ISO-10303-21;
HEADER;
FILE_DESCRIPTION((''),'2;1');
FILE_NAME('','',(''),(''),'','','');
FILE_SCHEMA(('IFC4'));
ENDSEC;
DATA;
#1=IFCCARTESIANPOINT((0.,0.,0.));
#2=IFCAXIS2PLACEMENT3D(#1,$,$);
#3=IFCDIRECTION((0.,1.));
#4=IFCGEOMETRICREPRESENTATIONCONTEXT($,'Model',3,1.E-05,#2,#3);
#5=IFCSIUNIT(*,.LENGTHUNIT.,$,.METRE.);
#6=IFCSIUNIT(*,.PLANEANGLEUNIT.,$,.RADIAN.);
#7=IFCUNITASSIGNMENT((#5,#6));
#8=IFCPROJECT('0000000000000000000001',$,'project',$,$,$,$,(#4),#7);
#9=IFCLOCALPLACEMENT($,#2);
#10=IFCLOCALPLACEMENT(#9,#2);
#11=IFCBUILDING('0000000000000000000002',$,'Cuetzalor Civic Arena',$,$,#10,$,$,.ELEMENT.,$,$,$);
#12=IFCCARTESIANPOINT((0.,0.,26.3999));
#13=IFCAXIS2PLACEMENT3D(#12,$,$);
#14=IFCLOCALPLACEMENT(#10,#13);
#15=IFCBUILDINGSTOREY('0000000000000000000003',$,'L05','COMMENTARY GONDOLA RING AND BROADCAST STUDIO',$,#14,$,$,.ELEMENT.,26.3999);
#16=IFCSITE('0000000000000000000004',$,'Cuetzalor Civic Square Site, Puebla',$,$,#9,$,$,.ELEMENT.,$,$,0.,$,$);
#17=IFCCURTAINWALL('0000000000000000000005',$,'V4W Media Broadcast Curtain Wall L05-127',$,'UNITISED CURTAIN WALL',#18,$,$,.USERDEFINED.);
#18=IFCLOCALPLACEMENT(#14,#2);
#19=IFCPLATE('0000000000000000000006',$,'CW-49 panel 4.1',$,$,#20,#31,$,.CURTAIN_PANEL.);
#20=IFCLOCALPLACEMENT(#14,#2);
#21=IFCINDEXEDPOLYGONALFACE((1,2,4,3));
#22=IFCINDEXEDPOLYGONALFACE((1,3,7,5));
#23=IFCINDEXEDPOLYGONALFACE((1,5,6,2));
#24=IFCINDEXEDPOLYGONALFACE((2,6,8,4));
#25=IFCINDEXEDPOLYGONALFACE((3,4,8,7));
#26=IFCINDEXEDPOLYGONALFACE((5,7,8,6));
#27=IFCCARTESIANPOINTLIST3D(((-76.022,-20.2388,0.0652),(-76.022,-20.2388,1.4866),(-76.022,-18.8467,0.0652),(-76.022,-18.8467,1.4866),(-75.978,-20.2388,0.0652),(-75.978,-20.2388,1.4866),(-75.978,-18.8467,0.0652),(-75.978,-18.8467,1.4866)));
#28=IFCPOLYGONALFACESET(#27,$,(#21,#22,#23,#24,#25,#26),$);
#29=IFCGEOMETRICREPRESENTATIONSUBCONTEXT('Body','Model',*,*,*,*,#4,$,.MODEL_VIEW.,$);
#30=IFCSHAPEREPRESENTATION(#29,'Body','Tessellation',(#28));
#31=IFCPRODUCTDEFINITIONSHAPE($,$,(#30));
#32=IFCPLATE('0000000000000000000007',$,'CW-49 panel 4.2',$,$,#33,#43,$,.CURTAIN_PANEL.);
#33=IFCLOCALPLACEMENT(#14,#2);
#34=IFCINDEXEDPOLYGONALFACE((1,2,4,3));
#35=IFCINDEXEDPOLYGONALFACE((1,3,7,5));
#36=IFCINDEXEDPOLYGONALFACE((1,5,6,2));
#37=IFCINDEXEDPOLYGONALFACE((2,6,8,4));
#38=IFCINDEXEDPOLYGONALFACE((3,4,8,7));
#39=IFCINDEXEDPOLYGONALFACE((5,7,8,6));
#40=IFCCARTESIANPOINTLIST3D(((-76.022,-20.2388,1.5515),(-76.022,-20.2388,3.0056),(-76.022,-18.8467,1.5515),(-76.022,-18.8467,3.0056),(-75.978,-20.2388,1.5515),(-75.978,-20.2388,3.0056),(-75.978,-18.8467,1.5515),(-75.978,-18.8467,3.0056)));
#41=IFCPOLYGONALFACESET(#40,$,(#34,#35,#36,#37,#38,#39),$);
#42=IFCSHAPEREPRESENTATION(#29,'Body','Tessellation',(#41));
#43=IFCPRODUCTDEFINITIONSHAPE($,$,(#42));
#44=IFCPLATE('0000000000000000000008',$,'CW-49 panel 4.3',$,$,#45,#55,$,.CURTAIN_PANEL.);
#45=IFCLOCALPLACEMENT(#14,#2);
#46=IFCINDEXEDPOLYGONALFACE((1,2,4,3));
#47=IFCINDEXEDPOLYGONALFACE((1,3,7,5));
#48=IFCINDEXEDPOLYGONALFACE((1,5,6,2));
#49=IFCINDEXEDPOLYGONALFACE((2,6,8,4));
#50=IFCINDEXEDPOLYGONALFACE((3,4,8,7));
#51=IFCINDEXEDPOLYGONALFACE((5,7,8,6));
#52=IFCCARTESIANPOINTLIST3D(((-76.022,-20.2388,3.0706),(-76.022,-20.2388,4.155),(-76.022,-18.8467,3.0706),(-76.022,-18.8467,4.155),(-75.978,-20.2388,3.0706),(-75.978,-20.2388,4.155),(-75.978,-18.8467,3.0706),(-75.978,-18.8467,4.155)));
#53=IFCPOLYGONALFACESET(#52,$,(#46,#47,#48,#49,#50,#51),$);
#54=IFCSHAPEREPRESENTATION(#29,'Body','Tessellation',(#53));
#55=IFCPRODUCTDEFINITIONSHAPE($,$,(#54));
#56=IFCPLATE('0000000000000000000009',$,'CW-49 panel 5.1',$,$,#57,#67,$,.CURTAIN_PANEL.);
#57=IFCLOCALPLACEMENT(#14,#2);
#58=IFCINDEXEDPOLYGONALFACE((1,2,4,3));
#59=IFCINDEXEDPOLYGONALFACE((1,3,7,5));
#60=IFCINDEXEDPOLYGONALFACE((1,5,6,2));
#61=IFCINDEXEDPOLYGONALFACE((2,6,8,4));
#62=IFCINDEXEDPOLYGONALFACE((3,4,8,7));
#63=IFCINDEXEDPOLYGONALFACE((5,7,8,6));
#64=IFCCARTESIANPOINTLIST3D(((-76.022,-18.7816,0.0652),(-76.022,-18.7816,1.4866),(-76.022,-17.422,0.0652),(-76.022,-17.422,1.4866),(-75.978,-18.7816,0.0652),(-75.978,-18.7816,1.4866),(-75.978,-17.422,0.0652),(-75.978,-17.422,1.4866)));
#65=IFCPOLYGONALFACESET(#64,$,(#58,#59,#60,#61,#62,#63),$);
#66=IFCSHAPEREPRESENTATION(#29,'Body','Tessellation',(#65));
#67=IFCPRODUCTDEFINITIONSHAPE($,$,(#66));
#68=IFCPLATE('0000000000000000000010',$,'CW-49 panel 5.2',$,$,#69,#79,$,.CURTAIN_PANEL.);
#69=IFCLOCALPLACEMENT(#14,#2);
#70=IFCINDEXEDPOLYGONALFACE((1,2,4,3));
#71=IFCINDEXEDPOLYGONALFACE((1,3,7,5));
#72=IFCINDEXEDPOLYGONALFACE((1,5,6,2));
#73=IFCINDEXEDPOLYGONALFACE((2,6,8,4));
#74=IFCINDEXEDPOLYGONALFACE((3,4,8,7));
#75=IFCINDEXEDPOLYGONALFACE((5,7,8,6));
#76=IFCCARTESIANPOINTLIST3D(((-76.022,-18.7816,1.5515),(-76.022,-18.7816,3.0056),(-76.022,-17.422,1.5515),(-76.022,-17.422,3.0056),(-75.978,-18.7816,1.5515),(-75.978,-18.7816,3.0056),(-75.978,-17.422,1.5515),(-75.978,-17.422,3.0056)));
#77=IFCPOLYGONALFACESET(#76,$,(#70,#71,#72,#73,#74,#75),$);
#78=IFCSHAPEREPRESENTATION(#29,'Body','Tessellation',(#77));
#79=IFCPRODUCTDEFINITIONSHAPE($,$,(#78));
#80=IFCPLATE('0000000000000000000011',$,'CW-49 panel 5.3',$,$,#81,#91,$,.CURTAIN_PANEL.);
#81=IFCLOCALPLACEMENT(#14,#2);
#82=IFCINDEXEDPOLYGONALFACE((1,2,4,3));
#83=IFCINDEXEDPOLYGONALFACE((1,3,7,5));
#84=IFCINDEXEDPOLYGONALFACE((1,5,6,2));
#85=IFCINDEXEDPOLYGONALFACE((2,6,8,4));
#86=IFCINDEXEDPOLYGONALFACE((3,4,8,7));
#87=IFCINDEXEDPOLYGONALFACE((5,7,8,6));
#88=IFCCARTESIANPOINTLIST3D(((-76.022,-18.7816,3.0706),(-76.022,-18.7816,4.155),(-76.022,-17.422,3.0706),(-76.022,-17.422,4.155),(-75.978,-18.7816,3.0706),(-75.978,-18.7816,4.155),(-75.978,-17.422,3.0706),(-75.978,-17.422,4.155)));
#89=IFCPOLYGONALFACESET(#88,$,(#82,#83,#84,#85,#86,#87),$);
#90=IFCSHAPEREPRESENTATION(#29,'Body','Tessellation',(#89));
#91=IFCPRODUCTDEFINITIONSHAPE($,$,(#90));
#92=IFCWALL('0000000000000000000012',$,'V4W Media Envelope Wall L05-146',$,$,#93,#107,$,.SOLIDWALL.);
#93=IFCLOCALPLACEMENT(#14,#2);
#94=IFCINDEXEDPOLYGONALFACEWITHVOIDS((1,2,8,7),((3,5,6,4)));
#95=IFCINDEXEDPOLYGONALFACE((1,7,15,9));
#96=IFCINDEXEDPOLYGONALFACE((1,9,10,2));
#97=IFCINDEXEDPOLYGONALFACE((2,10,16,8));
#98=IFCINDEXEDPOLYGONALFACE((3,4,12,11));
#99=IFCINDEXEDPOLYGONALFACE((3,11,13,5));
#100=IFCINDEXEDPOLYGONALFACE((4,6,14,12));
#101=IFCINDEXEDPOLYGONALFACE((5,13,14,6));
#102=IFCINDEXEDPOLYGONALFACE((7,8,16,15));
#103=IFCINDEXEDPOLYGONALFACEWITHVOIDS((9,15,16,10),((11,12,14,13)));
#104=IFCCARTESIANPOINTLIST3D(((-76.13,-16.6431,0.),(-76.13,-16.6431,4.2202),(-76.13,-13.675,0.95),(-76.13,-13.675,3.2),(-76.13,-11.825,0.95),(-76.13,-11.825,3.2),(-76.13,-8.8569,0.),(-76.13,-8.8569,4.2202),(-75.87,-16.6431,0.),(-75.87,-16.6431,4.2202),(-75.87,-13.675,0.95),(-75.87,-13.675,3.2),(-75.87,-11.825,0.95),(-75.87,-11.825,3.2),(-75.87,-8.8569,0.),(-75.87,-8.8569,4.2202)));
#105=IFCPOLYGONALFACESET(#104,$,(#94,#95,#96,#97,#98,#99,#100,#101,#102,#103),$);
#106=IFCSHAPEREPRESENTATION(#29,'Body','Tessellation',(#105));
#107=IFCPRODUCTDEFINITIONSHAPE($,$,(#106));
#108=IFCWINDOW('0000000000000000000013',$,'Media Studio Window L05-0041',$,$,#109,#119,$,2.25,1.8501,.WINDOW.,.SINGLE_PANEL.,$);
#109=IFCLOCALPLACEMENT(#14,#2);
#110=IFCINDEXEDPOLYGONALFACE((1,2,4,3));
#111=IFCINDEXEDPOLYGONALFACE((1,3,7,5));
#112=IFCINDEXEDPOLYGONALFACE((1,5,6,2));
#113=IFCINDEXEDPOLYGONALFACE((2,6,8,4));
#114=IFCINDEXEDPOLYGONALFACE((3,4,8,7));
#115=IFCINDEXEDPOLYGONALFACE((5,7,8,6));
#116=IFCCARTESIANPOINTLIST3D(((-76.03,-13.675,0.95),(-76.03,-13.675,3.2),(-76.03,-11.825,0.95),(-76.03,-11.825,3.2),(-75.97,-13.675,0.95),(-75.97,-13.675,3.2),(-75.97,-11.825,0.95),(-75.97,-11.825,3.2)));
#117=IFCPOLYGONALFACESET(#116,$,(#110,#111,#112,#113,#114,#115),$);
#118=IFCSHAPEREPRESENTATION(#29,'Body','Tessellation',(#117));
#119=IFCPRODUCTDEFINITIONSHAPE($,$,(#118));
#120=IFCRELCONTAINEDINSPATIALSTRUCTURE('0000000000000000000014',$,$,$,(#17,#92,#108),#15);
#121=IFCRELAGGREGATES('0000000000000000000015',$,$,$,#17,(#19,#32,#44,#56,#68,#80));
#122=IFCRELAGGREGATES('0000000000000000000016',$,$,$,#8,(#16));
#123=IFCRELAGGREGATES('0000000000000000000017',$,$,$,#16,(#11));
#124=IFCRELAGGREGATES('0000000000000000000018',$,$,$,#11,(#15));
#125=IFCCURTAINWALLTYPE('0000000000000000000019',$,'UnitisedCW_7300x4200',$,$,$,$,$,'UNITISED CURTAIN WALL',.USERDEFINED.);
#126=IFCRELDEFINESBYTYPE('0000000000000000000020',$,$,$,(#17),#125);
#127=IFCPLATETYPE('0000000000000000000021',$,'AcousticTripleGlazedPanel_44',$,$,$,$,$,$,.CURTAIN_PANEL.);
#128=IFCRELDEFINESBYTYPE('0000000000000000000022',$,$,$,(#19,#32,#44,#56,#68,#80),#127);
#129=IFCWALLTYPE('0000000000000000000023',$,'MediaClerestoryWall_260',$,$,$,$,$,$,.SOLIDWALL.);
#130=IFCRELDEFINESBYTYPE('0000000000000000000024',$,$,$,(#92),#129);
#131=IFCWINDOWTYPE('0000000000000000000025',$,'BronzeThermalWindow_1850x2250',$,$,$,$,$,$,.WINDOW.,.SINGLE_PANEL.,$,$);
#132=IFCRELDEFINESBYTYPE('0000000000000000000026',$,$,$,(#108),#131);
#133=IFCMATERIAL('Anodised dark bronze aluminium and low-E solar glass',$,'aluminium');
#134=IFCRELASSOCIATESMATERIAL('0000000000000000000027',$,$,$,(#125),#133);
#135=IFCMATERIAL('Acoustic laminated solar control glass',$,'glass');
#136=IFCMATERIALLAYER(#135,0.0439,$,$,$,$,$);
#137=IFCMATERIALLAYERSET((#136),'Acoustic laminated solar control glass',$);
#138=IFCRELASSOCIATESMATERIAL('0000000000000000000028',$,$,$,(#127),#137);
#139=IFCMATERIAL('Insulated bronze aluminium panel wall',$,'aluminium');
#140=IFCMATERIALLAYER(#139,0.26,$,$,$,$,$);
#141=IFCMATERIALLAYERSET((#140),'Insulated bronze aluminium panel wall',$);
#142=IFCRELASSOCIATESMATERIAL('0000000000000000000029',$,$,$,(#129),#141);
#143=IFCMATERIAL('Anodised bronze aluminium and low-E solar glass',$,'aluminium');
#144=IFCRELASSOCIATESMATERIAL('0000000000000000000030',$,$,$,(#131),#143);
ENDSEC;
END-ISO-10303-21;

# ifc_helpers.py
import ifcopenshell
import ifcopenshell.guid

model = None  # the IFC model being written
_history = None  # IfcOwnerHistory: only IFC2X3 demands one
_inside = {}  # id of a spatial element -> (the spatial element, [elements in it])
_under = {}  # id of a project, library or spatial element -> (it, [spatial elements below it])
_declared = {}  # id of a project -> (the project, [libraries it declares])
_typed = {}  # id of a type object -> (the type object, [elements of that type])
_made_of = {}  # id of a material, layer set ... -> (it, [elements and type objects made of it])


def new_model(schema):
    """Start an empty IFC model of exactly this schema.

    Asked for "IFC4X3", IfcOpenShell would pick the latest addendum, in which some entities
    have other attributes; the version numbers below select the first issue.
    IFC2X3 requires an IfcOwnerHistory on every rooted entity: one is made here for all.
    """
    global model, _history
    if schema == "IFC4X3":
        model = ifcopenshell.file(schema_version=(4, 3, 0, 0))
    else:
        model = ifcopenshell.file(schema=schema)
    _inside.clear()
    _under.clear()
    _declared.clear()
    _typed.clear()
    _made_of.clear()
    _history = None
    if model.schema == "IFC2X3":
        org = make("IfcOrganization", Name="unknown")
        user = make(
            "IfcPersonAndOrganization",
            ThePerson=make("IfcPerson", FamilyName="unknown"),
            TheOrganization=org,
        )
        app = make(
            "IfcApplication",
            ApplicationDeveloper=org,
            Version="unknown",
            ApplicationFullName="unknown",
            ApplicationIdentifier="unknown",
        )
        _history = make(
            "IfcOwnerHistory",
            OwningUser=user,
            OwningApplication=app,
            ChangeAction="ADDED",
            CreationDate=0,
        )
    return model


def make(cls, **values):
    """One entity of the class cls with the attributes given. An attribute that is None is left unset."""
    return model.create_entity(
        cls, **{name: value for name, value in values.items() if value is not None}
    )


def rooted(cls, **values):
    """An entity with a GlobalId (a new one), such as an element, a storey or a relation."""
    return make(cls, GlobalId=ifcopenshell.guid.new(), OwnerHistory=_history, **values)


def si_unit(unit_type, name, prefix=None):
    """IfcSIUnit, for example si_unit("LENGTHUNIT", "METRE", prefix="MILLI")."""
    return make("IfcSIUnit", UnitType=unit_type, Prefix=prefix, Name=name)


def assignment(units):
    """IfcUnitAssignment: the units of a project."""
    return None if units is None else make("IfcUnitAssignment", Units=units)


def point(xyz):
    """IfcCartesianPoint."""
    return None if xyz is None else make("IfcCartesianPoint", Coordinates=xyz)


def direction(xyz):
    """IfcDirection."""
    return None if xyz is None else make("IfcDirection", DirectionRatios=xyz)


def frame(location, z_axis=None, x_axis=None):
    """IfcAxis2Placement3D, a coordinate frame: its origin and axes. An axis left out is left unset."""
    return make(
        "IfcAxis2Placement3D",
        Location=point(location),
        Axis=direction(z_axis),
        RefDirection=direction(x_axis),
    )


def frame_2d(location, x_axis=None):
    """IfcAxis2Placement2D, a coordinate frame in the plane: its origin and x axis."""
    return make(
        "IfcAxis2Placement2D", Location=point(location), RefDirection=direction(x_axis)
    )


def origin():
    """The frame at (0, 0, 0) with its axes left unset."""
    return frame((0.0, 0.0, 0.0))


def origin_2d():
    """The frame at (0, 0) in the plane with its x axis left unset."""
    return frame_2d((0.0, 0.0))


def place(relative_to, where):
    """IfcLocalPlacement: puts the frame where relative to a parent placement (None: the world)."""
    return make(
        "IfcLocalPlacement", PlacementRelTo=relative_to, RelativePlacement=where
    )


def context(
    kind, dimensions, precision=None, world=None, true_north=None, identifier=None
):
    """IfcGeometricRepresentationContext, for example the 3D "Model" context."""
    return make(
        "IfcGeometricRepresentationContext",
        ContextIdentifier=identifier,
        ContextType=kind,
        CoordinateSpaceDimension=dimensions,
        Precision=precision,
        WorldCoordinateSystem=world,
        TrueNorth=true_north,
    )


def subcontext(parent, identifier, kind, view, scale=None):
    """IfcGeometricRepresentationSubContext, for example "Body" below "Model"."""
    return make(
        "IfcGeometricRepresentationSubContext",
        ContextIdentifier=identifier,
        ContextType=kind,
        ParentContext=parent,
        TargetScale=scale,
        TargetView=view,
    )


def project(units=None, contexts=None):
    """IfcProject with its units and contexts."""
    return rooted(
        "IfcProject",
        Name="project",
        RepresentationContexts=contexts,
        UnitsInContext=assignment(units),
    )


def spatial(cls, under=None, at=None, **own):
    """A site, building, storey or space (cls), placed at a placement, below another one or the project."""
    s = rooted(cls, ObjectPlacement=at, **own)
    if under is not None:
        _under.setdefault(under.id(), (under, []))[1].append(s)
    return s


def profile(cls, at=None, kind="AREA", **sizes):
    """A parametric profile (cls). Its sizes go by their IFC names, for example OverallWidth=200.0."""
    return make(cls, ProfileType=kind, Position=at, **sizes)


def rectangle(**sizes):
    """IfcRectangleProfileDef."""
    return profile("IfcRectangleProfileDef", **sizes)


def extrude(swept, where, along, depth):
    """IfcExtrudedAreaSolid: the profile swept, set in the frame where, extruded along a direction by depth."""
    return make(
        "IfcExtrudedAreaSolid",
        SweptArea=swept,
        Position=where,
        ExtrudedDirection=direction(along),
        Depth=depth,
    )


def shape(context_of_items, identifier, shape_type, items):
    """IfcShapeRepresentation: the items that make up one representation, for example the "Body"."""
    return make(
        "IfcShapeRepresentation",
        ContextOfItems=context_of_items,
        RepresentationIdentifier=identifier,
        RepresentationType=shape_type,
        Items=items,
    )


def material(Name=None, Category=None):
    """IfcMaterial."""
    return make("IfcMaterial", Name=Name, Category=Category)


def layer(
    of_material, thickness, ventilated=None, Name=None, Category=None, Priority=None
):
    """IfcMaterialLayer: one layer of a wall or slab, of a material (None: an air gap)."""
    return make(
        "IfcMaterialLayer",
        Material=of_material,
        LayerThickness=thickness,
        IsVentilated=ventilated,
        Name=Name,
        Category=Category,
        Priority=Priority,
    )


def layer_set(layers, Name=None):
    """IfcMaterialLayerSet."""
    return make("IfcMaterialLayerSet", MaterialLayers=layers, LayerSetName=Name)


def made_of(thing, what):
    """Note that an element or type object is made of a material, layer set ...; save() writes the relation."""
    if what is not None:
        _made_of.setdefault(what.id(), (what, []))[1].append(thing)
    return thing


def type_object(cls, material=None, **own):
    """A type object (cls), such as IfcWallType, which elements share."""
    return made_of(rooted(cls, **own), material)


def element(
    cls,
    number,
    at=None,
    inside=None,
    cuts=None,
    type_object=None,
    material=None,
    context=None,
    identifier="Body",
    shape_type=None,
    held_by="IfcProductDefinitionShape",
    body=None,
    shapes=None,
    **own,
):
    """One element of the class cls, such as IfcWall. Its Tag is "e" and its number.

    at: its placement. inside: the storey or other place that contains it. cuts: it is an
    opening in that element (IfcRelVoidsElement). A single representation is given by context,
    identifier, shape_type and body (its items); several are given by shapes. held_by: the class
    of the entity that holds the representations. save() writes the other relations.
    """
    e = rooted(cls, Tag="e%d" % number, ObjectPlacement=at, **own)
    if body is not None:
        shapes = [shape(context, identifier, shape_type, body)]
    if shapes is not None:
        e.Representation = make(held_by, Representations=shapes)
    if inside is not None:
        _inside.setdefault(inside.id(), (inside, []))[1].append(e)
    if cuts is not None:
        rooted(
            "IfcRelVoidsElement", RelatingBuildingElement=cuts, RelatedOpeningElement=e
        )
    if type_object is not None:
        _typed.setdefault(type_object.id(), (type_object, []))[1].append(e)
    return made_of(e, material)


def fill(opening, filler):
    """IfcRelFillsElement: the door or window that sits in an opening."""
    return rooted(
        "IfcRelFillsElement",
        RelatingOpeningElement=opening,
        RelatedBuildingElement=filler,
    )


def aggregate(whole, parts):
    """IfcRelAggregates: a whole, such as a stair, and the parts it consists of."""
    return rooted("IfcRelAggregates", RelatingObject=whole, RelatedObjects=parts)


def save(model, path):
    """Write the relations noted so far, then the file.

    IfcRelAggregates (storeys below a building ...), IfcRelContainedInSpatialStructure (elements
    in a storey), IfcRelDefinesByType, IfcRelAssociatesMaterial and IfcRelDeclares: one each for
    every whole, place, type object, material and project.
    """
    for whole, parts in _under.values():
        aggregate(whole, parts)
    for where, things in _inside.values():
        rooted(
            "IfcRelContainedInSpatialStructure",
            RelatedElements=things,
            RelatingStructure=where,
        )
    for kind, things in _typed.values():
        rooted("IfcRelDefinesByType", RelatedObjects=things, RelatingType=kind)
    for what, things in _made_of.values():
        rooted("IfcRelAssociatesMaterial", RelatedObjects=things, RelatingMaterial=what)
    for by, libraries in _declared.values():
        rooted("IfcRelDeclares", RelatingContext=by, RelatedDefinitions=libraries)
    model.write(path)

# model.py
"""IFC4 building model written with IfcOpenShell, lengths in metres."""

from ifc_helpers import new_model, si_unit, direction, frame, frame_2d, origin, origin_2d, place, context, subcontext, project, spatial, rectangle, extrude, material, layer, layer_set, type_object, element, fill, aggregate, save


model = new_model("IFC4")

# Units and contexts
model_context = context("Model", 3, precision=1e-05, world=origin(), true_north=direction((0.0, 1.0)))
body_context = subcontext(model_context, "Body", "Model", "MODEL_VIEW")
ifc_project = project(units=[si_unit("LENGTHUNIT", "METRE"), si_unit("PLANEANGLEUNIT", "RADIAN")], contexts=[model_context])

# Site, building, storey
site_placement = place(None, origin())
site = spatial("IfcSite", under=ifc_project, at=site_placement, Name="Cuetzalor Civic Square Site, Puebla", CompositionType="ELEMENT", RefElevation=0.0)
building_placement = place(site_placement, origin())
building = spatial("IfcBuilding", under=site, at=building_placement, Name="Cuetzalor Civic Arena", CompositionType="ELEMENT")
storey_placement = place(building_placement, frame((0.0, 0.0, 26.3999)))
storey = spatial("IfcBuildingStorey", under=building, at=storey_placement, Name="L05", Description="COMMENTARY GONDOLA RING AND BROADCAST STUDIO", CompositionType="ELEMENT", Elevation=26.3999)

# Curtain wall
ifc_material_1 = material(Name="Anodised dark bronze aluminium and low-E solar glass", Category="aluminium")
curtain_wall_type_1 = type_object("IfcCurtainWallType", Name="UnitisedCW_7300x4200", ElementType="UNITISED CURTAIN WALL", PredefinedType="USERDEFINED", material=ifc_material_1)
curtain_wall_1_placement = place(storey_placement, origin())
curtain_wall_1 = element("IfcCurtainWall", 1, at=curtain_wall_1_placement, inside=storey, type_object=curtain_wall_type_1, Name="V4W Media Broadcast Curtain Wall L05-127", ObjectType="UNITISED CURTAIN WALL", PredefinedType="USERDEFINED")

# Plates
ifc_material_2 = material(Name="Acoustic laminated solar control glass", Category="glass")
ifc_layer_1 = layer(ifc_material_2, 0.0439)
ifc_layer_set_1 = layer_set([ifc_layer_1], Name="Acoustic laminated solar control glass")
plate_type = type_object("IfcPlateType", Name="AcousticTripleGlazedPanel_44", PredefinedType="CURTAIN_PANEL", material=ifc_layer_set_1)
plate_1_placement = place(storey_placement, frame((-76.0, -19.5427, 0.0652), z_axis=(0.0, 0.0, 1.0), x_axis=(0.0, 1.0, 0.0)))
plate_1 = element("IfcPlate", 2, at=plate_1_placement, type_object=plate_type, Name="CW-49 panel 4.1", PredefinedType="CURTAIN_PANEL", context=body_context, shape_type="SweptSolid", body=[
    extrude(rectangle(XDim=1.3921, YDim=0.0439, at=origin_2d()), origin(), (0.0, 0.0, 1.0), 1.4214),
])
plate_2_placement = place(storey_placement, frame((-76.0, -19.5427, 1.5515), z_axis=(0.0, 0.0, 1.0), x_axis=(0.0, 1.0, 0.0)))
plate_2 = element("IfcPlate", 3, at=plate_2_placement, type_object=plate_type, Name="CW-49 panel 4.2", PredefinedType="CURTAIN_PANEL", context=body_context, shape_type="SweptSolid", body=[
    extrude(rectangle(XDim=1.3921, YDim=0.0439, at=origin_2d()), origin(), (0.0, 0.0, 1.0), 1.4541),
])
plate_3_placement = place(storey_placement, frame((-76.0, -19.5427, 3.0706), z_axis=(0.0, 0.0, 1.0), x_axis=(0.0, 1.0, 0.0)))
plate_3 = element("IfcPlate", 4, at=plate_3_placement, type_object=plate_type, Name="CW-49 panel 4.3", PredefinedType="CURTAIN_PANEL", context=body_context, shape_type="SweptSolid", body=[
    extrude(rectangle(XDim=1.3921, YDim=0.0439, at=origin_2d()), origin(), (0.0, 0.0, 1.0), 1.0845),
])
plate_4_placement = place(storey_placement, frame((-76.0, -18.1018, 0.0652), z_axis=(0.0, 0.0, 1.0), x_axis=(0.0, 1.0, 0.0)))
plate_4 = element("IfcPlate", 5, at=plate_4_placement, type_object=plate_type, Name="CW-49 panel 5.1", PredefinedType="CURTAIN_PANEL", context=body_context, shape_type="SweptSolid", body=[
    extrude(rectangle(XDim=1.3596, YDim=0.0439, at=origin_2d()), origin(), (0.0, 0.0, 1.0), 1.4214),
])
plate_5_placement = place(storey_placement, frame((-76.0, -18.1018, 1.5515), z_axis=(0.0, 0.0, 1.0), x_axis=(0.0, 1.0, 0.0)))
plate_5 = element("IfcPlate", 6, at=plate_5_placement, type_object=plate_type, Name="CW-49 panel 5.2", PredefinedType="CURTAIN_PANEL", context=body_context, shape_type="SweptSolid", body=[
    extrude(rectangle(XDim=1.3596, YDim=0.0439, at=origin_2d()), origin(), (0.0, 0.0, 1.0), 1.4541),
])
plate_6_placement = place(storey_placement, frame((-76.0, -18.1018, 3.0706), z_axis=(0.0, 0.0, 1.0), x_axis=(0.0, 1.0, 0.0)))
plate_6 = element("IfcPlate", 7, at=plate_6_placement, type_object=plate_type, Name="CW-49 panel 5.3", PredefinedType="CURTAIN_PANEL", context=body_context, shape_type="SweptSolid", body=[
    extrude(rectangle(XDim=1.3596, YDim=0.0439, at=origin_2d()), origin(), (0.0, 0.0, 1.0), 1.0845),
])
aggregate(curtain_wall_1, [plate_1, plate_2, plate_3, plate_4, plate_5, plate_6])

# Wall, opening, window
ifc_material_3 = material(Name="Insulated bronze aluminium panel wall", Category="aluminium")
ifc_layer_2 = layer(ifc_material_3, 0.26)
ifc_layer_set_2 = layer_set([ifc_layer_2], Name="Insulated bronze aluminium panel wall")
wall_type = type_object("IfcWallType", Name="MediaClerestoryWall_260", PredefinedType="SOLIDWALL", material=ifc_layer_set_2)
wall_placement = place(storey_placement, frame((-76.0, -16.6431, 0.0), z_axis=(0.0, 0.0, 1.0), x_axis=(0.0, 1.0, 0.0)))
wall = element("IfcWall", 8, at=wall_placement, inside=storey, type_object=wall_type, Name="V4W Media Envelope Wall L05-146", PredefinedType="SOLIDWALL", context=body_context, shape_type="SweptSolid", body=[
    extrude(rectangle(XDim=7.7861, YDim=0.26, at=frame_2d((3.8931, 0.0))), origin(), (0.0, 0.0, 1.0), 4.2202),
])
opening_placement = place(wall_placement, frame((2.968, 0.0, 0.95)))
opening = element("IfcOpeningElement", 9, at=opening_placement, cuts=wall, PredefinedType="OPENING", context=body_context, shape_type="SweptSolid", body=[
    extrude(rectangle(XDim=1.8501, YDim=2.25, at=frame_2d((0.925, 1.125))), frame((0.0, 0.1401, 0.0), z_axis=(0.0, -1.0, 0.0), x_axis=(1.0, 0.0, 0.0)), (0.0, 0.0, 1.0), 0.28),
])
ifc_material_4 = material(Name="Anodised bronze aluminium and low-E solar glass", Category="aluminium")
window_type = type_object("IfcWindowType", Name="BronzeThermalWindow_1850x2250", PartitioningType="SINGLE_PANEL", PredefinedType="WINDOW", material=ifc_material_4)
window_placement = place(opening_placement, origin())
window = element("IfcWindow", 10, at=window_placement, inside=storey, type_object=window_type, Name="Media Studio Window L05-0041", OverallHeight=2.25, OverallWidth=1.8501, PartitioningType="SINGLE_PANEL", PredefinedType="WINDOW", context=body_context, shape_type="SweptSolid", body=[
    extrude(rectangle(XDim=1.8501, YDim=2.25, at=frame_2d((0.925, 1.125))), frame((0.0, 0.03, 0.0), z_axis=(0.0, -1.0, 0.0), x_axis=(1.0, 0.0, 0.0)), (0.0, 0.0, 1.0), 0.0601),
])
fill(opening, window)

save(model, "model.ifc")
